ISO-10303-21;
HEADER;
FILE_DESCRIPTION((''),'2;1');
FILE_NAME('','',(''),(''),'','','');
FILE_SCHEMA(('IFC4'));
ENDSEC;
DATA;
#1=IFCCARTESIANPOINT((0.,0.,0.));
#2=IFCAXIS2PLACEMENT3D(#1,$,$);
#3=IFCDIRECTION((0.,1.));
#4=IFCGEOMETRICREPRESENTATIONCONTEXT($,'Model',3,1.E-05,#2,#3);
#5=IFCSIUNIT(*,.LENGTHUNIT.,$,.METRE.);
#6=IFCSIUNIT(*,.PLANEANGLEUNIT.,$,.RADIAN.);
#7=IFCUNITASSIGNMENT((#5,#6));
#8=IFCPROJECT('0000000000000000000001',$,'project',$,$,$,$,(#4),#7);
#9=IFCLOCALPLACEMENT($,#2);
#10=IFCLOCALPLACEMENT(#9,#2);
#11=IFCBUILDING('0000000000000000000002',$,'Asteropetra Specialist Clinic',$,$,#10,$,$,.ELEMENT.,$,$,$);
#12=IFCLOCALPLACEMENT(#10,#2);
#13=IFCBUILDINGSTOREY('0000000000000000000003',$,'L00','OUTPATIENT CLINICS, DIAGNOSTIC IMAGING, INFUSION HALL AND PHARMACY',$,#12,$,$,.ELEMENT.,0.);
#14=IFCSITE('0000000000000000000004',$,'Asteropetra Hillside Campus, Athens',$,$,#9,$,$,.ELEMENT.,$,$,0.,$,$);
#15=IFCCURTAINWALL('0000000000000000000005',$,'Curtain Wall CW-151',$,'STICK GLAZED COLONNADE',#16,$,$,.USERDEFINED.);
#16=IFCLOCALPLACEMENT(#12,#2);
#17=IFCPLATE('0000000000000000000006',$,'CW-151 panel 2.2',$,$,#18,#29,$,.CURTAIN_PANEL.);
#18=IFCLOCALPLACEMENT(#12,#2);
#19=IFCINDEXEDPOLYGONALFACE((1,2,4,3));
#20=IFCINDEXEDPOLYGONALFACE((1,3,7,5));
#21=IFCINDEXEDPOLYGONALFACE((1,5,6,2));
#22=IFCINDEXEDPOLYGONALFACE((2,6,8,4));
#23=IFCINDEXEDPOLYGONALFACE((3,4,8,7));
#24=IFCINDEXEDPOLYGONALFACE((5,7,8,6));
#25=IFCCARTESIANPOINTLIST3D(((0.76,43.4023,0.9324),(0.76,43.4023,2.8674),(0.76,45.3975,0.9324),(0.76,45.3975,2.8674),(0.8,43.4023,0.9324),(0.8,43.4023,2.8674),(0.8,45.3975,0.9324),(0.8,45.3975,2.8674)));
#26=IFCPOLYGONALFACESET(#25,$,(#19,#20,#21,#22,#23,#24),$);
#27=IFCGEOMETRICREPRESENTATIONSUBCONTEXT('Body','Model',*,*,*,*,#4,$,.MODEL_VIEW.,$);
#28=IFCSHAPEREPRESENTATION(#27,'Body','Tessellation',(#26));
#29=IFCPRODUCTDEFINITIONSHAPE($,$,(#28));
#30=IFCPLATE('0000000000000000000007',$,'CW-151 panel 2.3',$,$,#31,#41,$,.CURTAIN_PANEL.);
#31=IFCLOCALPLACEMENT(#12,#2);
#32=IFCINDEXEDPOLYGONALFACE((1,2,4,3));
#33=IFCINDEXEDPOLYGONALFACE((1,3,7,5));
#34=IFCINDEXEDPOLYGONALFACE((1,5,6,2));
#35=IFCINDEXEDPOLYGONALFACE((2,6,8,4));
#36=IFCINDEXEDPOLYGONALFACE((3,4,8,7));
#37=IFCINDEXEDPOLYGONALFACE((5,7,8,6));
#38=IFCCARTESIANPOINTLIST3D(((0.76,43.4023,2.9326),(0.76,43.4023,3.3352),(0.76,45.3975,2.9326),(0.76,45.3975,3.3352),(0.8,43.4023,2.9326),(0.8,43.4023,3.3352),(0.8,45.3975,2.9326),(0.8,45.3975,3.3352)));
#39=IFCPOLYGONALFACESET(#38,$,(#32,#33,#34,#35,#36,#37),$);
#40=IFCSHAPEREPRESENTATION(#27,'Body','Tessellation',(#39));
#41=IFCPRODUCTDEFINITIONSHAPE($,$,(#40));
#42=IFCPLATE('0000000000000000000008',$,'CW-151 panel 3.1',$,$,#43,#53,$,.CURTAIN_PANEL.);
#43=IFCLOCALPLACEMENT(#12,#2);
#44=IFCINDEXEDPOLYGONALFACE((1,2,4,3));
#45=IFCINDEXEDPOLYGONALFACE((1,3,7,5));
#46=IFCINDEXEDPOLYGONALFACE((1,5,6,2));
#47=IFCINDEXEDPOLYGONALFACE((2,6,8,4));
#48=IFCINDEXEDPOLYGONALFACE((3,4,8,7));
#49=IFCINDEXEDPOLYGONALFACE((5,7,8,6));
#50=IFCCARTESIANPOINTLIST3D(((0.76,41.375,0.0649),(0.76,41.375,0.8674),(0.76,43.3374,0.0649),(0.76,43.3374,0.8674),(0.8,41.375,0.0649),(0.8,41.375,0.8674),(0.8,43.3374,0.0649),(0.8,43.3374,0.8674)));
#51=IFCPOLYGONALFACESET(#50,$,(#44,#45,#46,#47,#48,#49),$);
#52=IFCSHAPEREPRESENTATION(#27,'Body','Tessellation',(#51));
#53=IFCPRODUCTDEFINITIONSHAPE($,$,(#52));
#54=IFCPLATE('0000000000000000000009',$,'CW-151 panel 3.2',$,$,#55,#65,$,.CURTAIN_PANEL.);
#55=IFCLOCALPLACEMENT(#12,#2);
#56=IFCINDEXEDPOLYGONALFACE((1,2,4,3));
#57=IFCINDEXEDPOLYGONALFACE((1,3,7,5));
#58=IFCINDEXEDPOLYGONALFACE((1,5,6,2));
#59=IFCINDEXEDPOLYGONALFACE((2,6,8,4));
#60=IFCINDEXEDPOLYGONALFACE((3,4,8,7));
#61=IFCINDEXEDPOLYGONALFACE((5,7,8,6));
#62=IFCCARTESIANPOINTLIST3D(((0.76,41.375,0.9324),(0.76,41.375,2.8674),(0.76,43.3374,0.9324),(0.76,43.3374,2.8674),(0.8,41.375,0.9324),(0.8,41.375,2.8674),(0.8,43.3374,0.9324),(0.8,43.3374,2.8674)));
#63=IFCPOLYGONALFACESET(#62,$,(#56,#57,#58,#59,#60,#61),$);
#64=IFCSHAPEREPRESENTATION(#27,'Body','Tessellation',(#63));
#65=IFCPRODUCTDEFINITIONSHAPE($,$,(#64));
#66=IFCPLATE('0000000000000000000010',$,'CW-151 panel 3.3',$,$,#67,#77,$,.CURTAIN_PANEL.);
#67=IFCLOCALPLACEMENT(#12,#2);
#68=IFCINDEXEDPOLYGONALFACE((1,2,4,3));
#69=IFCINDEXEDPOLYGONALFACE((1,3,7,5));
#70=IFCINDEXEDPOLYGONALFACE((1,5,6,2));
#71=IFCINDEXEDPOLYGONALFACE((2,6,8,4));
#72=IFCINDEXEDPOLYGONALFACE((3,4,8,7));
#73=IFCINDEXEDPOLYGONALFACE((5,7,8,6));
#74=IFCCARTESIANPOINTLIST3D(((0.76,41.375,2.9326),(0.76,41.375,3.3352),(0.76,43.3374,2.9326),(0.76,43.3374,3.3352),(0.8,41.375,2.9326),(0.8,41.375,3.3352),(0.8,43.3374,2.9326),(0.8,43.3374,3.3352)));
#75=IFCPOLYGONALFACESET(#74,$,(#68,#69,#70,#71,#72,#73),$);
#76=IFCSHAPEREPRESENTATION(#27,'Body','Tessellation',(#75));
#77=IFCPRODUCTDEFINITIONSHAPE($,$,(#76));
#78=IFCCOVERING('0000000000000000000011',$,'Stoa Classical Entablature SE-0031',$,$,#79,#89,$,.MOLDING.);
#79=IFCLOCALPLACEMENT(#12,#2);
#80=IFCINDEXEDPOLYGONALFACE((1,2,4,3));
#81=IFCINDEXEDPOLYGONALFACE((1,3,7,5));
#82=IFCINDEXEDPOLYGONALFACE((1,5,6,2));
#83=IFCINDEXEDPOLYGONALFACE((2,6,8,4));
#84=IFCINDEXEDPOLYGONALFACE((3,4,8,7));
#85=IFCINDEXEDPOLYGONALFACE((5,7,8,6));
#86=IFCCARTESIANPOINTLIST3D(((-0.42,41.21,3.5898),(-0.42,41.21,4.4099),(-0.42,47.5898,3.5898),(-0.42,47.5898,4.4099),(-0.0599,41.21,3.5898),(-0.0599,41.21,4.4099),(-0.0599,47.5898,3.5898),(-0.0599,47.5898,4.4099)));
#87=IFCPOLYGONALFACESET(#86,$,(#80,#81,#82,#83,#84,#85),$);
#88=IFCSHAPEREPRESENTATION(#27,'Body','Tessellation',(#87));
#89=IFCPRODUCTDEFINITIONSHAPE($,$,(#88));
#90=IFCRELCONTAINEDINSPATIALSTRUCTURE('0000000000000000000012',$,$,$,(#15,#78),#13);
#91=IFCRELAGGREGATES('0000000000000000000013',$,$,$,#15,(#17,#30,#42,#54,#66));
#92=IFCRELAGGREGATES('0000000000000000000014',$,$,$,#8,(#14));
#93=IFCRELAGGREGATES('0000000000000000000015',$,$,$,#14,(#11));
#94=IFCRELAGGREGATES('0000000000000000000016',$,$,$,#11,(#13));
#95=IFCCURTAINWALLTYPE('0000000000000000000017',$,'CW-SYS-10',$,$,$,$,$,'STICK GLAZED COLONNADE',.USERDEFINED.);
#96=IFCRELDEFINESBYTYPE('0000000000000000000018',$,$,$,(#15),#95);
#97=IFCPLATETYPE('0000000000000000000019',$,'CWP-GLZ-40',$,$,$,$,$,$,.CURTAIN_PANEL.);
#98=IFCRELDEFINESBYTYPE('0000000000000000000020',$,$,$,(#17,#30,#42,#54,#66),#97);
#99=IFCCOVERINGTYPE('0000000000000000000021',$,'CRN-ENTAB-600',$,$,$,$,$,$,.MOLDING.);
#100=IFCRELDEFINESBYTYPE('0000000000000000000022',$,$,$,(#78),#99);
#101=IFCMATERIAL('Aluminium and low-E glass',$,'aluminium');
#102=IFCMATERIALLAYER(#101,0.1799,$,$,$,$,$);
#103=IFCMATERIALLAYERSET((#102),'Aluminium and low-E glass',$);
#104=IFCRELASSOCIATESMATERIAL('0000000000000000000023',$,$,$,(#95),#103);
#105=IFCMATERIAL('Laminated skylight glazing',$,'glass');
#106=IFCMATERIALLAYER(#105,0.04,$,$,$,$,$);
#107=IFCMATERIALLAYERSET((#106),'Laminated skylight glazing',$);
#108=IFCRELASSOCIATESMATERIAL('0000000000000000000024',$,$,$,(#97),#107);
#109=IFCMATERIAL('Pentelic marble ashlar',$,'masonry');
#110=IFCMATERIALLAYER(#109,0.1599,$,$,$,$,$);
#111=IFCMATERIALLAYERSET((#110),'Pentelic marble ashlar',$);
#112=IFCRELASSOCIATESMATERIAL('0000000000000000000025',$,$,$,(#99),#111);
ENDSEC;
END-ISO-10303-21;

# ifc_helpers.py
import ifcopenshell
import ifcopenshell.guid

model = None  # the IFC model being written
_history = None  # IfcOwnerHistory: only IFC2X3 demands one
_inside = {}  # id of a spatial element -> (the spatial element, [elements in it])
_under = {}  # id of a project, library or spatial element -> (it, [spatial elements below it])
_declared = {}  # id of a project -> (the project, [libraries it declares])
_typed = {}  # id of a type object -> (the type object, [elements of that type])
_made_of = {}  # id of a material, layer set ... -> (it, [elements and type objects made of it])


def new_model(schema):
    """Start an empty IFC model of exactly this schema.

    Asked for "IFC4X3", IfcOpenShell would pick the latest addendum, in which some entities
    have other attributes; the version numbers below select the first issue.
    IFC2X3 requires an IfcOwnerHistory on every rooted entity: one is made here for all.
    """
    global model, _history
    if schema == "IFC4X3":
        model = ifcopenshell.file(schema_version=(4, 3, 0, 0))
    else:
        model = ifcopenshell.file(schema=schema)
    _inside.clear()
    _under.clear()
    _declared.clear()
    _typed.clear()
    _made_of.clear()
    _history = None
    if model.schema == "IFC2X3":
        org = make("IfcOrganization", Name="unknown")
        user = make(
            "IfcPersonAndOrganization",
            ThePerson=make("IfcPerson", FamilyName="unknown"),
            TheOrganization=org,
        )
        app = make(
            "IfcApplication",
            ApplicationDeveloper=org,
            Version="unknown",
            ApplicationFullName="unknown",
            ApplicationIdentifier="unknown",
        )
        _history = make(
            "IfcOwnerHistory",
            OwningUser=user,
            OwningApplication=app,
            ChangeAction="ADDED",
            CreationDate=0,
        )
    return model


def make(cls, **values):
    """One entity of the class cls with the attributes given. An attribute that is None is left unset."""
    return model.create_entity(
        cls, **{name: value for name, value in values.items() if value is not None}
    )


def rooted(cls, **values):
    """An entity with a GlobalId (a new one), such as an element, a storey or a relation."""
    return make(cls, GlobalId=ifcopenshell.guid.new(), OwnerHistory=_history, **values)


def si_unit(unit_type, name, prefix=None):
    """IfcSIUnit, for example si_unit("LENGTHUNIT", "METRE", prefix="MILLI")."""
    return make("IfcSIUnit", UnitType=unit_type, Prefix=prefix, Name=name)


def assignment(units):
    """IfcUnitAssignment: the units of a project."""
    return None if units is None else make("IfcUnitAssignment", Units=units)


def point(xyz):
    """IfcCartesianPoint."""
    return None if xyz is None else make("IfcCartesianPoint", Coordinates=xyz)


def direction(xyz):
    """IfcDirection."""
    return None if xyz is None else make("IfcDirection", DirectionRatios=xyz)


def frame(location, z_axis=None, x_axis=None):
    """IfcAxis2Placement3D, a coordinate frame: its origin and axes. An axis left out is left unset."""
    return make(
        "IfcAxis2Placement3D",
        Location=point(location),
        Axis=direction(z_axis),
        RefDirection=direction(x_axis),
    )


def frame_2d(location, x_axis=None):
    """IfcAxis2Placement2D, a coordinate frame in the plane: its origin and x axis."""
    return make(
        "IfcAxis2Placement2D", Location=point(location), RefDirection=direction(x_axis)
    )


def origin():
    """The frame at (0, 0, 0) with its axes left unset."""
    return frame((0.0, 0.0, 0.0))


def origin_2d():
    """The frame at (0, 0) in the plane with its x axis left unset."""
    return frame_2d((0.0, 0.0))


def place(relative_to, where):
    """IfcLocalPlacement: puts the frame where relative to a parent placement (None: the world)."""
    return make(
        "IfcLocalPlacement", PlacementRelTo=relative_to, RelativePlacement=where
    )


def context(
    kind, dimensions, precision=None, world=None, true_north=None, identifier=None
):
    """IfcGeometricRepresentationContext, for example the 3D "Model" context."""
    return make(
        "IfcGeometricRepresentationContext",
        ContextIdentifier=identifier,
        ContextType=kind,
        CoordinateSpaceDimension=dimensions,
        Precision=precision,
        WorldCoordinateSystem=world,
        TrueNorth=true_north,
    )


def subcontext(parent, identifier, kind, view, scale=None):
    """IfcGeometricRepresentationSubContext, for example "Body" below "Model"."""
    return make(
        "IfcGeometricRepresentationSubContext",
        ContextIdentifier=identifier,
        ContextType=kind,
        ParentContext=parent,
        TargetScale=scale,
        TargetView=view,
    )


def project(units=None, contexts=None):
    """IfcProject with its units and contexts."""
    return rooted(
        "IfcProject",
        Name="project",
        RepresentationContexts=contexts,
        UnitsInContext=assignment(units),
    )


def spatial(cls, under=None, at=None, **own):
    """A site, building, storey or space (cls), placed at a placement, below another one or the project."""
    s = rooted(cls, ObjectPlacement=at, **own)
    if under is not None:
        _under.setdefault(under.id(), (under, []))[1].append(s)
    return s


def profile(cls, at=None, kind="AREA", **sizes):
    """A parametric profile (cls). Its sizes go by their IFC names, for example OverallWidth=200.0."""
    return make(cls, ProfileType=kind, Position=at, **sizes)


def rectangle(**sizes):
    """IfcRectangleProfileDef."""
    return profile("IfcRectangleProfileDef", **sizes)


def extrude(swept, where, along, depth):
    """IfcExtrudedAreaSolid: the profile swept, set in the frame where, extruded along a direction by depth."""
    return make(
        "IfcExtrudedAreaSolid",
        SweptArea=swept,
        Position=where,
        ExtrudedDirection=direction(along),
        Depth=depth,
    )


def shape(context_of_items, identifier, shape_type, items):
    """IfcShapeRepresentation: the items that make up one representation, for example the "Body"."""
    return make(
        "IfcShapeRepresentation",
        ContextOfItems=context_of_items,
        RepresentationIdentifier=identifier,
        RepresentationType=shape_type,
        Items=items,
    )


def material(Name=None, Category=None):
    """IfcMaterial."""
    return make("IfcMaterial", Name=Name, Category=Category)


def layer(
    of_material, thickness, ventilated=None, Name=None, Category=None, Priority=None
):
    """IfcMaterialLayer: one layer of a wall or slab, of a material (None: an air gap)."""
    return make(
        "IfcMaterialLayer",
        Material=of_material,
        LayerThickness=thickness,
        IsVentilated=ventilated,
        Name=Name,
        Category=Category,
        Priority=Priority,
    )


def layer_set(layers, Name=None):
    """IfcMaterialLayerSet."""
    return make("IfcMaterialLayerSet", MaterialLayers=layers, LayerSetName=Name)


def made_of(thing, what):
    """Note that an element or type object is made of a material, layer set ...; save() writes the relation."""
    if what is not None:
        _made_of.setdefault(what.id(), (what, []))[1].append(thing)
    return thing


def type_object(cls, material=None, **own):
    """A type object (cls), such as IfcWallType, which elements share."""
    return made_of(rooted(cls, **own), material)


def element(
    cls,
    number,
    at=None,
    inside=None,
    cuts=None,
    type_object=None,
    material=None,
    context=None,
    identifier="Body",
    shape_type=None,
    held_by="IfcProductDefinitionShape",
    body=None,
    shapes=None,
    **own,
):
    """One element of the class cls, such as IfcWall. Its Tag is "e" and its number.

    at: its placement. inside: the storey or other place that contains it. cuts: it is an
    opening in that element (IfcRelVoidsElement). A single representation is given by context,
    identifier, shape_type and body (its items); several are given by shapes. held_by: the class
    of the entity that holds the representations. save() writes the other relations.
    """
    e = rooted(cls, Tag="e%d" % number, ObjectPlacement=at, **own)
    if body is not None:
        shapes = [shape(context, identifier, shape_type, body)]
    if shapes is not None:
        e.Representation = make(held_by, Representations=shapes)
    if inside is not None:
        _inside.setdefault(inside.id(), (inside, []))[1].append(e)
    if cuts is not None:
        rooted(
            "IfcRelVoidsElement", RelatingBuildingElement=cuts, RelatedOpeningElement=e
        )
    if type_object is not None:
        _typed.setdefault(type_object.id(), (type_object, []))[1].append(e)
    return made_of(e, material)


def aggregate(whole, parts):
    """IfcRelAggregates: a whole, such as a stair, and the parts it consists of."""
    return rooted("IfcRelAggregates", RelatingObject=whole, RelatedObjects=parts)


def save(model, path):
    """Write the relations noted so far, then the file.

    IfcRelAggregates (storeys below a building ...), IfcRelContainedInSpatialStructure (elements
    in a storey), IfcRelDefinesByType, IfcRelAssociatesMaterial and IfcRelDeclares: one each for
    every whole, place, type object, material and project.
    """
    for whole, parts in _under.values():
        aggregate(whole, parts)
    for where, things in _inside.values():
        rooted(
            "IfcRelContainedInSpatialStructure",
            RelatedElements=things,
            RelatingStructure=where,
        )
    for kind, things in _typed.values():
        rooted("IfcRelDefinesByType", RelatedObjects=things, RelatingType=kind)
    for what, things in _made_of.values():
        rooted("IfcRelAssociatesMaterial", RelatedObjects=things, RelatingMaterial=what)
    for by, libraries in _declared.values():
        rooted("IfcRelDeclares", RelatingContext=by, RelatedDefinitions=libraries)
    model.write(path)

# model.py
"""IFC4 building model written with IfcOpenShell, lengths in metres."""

from ifc_helpers import new_model, si_unit, direction, frame, origin, origin_2d, place, context, subcontext, project, spatial, rectangle, extrude, material, layer, layer_set, type_object, element, aggregate, save


model = new_model("IFC4")

# Units and contexts
model_context = context("Model", 3, precision=1e-05, world=origin(), true_north=direction((0.0, 1.0)))
body_context = subcontext(model_context, "Body", "Model", "MODEL_VIEW")
ifc_project = project(units=[si_unit("LENGTHUNIT", "METRE"), si_unit("PLANEANGLEUNIT", "RADIAN")], contexts=[model_context])

# Site, building, storey
site_placement = place(None, origin())
site = spatial("IfcSite", under=ifc_project, at=site_placement, Name="Asteropetra Hillside Campus, Athens", CompositionType="ELEMENT", RefElevation=0.0)
building_placement = place(site_placement, origin())
building = spatial("IfcBuilding", under=site, at=building_placement, Name="Asteropetra Specialist Clinic", CompositionType="ELEMENT")
storey_placement = place(building_placement, origin())
storey = spatial("IfcBuildingStorey", under=building, at=storey_placement, Name="L00", Description="OUTPATIENT CLINICS, DIAGNOSTIC IMAGING, INFUSION HALL AND PHARMACY", CompositionType="ELEMENT", Elevation=0.0)

# Curtain wall
ifc_material_1 = material(Name="Aluminium and low-E glass", Category="aluminium")
ifc_layer_1 = layer(ifc_material_1, 0.1799)
ifc_layer_set_1 = layer_set([ifc_layer_1], Name="Aluminium and low-E glass")
curtain_wall_type = type_object("IfcCurtainWallType", Name="CW-SYS-10", ElementType="STICK GLAZED COLONNADE", PredefinedType="USERDEFINED", material=ifc_layer_set_1)
curtain_wall_placement = place(storey_placement, origin())
curtain_wall = element("IfcCurtainWall", 1, at=curtain_wall_placement, inside=storey, type_object=curtain_wall_type, Name="Curtain Wall CW-151", ObjectType="STICK GLAZED COLONNADE", PredefinedType="USERDEFINED")

# Plates
ifc_material_2 = material(Name="Laminated skylight glazing", Category="glass")
ifc_layer_2 = layer(ifc_material_2, 0.04)
ifc_layer_set_2 = layer_set([ifc_layer_2], Name="Laminated skylight glazing")
plate_type = type_object("IfcPlateType", Name="CWP-GLZ-40", PredefinedType="CURTAIN_PANEL", material=ifc_layer_set_2)
plate_1_placement = place(storey_placement, frame((0.78, 44.3999, 0.9324), z_axis=(0.0, 0.0, 1.0), x_axis=(0.0, -1.0, 0.0)))
plate_1 = element("IfcPlate", 2, at=plate_1_placement, type_object=plate_type, Name="CW-151 panel 2.2", PredefinedType="CURTAIN_PANEL", context=body_context, shape_type="SweptSolid", body=[
    extrude(rectangle(XDim=1.9951, YDim=0.04, at=origin_2d()), origin(), (0.0, 0.0, 1.0), 1.9351),
])
plate_2_placement = place(storey_placement, frame((0.78, 44.3999, 2.9326), z_axis=(0.0, 0.0, 1.0), x_axis=(0.0, -1.0, 0.0)))
plate_2 = element("IfcPlate", 3, at=plate_2_placement, type_object=plate_type, Name="CW-151 panel 2.3", PredefinedType="CURTAIN_PANEL", context=body_context, shape_type="SweptSolid", body=[
    extrude(rectangle(XDim=1.9951, YDim=0.04, at=origin_2d()), origin(), (0.0, 0.0, 1.0), 0.4026),
])
plate_3_placement = place(storey_placement, frame((0.78, 42.3562, 0.0649), z_axis=(0.0, 0.0, 1.0), x_axis=(0.0, -1.0, 0.0)))
plate_3 = element("IfcPlate", 4, at=plate_3_placement, type_object=plate_type, Name="CW-151 panel 3.1", PredefinedType="CURTAIN_PANEL", context=body_context, shape_type="SweptSolid", body=[
    extrude(rectangle(XDim=1.9624, YDim=0.04, at=origin_2d()), origin(), (0.0, 0.0, 1.0), 0.8025),
])
plate_4_placement = place(storey_placement, frame((0.78, 42.3562, 0.9324), z_axis=(0.0, 0.0, 1.0), x_axis=(0.0, -1.0, 0.0)))
plate_4 = element("IfcPlate", 5, at=plate_4_placement, type_object=plate_type, Name="CW-151 panel 3.2", PredefinedType="CURTAIN_PANEL", context=body_context, shape_type="SweptSolid", body=[
    extrude(rectangle(XDim=1.9624, YDim=0.04, at=origin_2d()), origin(), (0.0, 0.0, 1.0), 1.9351),
])
plate_5_placement = place(storey_placement, frame((0.78, 42.3562, 2.9326), z_axis=(0.0, 0.0, 1.0), x_axis=(0.0, -1.0, 0.0)))
plate_5 = element("IfcPlate", 6, at=plate_5_placement, type_object=plate_type, Name="CW-151 panel 3.3", PredefinedType="CURTAIN_PANEL", context=body_context, shape_type="SweptSolid", body=[
    extrude(rectangle(XDim=1.9624, YDim=0.04, at=origin_2d()), origin(), (0.0, 0.0, 1.0), 0.4026),
])
aggregate(curtain_wall, [plate_1, plate_2, plate_3, plate_4, plate_5])

# Covering
ifc_material_3 = material(Name="Pentelic marble ashlar", Category="masonry")
ifc_layer_3 = layer(ifc_material_3, 0.1599)
ifc_layer_set_3 = layer_set([ifc_layer_3], Name="Pentelic marble ashlar")
covering_type = type_object("IfcCoveringType", Name="CRN-ENTAB-600", PredefinedType="MOLDING", material=ifc_layer_set_3)
covering_placement = place(storey_placement, frame((-0.24, 44.3999, 3.5898), z_axis=(0.0, 0.0, 1.0), x_axis=(1.0, 0.0, 0.0)))
element("IfcCovering", 7, at=covering_placement, inside=storey, type_object=covering_type, Name="Stoa Classical Entablature SE-0031", PredefinedType="MOLDING", context=body_context, shape_type="SweptSolid", body=[
    extrude(rectangle(XDim=0.3601, YDim=6.3799, at=origin_2d()), origin(), (0.0, 0.0, 1.0), 0.8201),
])

save(model, "model.ifc")
